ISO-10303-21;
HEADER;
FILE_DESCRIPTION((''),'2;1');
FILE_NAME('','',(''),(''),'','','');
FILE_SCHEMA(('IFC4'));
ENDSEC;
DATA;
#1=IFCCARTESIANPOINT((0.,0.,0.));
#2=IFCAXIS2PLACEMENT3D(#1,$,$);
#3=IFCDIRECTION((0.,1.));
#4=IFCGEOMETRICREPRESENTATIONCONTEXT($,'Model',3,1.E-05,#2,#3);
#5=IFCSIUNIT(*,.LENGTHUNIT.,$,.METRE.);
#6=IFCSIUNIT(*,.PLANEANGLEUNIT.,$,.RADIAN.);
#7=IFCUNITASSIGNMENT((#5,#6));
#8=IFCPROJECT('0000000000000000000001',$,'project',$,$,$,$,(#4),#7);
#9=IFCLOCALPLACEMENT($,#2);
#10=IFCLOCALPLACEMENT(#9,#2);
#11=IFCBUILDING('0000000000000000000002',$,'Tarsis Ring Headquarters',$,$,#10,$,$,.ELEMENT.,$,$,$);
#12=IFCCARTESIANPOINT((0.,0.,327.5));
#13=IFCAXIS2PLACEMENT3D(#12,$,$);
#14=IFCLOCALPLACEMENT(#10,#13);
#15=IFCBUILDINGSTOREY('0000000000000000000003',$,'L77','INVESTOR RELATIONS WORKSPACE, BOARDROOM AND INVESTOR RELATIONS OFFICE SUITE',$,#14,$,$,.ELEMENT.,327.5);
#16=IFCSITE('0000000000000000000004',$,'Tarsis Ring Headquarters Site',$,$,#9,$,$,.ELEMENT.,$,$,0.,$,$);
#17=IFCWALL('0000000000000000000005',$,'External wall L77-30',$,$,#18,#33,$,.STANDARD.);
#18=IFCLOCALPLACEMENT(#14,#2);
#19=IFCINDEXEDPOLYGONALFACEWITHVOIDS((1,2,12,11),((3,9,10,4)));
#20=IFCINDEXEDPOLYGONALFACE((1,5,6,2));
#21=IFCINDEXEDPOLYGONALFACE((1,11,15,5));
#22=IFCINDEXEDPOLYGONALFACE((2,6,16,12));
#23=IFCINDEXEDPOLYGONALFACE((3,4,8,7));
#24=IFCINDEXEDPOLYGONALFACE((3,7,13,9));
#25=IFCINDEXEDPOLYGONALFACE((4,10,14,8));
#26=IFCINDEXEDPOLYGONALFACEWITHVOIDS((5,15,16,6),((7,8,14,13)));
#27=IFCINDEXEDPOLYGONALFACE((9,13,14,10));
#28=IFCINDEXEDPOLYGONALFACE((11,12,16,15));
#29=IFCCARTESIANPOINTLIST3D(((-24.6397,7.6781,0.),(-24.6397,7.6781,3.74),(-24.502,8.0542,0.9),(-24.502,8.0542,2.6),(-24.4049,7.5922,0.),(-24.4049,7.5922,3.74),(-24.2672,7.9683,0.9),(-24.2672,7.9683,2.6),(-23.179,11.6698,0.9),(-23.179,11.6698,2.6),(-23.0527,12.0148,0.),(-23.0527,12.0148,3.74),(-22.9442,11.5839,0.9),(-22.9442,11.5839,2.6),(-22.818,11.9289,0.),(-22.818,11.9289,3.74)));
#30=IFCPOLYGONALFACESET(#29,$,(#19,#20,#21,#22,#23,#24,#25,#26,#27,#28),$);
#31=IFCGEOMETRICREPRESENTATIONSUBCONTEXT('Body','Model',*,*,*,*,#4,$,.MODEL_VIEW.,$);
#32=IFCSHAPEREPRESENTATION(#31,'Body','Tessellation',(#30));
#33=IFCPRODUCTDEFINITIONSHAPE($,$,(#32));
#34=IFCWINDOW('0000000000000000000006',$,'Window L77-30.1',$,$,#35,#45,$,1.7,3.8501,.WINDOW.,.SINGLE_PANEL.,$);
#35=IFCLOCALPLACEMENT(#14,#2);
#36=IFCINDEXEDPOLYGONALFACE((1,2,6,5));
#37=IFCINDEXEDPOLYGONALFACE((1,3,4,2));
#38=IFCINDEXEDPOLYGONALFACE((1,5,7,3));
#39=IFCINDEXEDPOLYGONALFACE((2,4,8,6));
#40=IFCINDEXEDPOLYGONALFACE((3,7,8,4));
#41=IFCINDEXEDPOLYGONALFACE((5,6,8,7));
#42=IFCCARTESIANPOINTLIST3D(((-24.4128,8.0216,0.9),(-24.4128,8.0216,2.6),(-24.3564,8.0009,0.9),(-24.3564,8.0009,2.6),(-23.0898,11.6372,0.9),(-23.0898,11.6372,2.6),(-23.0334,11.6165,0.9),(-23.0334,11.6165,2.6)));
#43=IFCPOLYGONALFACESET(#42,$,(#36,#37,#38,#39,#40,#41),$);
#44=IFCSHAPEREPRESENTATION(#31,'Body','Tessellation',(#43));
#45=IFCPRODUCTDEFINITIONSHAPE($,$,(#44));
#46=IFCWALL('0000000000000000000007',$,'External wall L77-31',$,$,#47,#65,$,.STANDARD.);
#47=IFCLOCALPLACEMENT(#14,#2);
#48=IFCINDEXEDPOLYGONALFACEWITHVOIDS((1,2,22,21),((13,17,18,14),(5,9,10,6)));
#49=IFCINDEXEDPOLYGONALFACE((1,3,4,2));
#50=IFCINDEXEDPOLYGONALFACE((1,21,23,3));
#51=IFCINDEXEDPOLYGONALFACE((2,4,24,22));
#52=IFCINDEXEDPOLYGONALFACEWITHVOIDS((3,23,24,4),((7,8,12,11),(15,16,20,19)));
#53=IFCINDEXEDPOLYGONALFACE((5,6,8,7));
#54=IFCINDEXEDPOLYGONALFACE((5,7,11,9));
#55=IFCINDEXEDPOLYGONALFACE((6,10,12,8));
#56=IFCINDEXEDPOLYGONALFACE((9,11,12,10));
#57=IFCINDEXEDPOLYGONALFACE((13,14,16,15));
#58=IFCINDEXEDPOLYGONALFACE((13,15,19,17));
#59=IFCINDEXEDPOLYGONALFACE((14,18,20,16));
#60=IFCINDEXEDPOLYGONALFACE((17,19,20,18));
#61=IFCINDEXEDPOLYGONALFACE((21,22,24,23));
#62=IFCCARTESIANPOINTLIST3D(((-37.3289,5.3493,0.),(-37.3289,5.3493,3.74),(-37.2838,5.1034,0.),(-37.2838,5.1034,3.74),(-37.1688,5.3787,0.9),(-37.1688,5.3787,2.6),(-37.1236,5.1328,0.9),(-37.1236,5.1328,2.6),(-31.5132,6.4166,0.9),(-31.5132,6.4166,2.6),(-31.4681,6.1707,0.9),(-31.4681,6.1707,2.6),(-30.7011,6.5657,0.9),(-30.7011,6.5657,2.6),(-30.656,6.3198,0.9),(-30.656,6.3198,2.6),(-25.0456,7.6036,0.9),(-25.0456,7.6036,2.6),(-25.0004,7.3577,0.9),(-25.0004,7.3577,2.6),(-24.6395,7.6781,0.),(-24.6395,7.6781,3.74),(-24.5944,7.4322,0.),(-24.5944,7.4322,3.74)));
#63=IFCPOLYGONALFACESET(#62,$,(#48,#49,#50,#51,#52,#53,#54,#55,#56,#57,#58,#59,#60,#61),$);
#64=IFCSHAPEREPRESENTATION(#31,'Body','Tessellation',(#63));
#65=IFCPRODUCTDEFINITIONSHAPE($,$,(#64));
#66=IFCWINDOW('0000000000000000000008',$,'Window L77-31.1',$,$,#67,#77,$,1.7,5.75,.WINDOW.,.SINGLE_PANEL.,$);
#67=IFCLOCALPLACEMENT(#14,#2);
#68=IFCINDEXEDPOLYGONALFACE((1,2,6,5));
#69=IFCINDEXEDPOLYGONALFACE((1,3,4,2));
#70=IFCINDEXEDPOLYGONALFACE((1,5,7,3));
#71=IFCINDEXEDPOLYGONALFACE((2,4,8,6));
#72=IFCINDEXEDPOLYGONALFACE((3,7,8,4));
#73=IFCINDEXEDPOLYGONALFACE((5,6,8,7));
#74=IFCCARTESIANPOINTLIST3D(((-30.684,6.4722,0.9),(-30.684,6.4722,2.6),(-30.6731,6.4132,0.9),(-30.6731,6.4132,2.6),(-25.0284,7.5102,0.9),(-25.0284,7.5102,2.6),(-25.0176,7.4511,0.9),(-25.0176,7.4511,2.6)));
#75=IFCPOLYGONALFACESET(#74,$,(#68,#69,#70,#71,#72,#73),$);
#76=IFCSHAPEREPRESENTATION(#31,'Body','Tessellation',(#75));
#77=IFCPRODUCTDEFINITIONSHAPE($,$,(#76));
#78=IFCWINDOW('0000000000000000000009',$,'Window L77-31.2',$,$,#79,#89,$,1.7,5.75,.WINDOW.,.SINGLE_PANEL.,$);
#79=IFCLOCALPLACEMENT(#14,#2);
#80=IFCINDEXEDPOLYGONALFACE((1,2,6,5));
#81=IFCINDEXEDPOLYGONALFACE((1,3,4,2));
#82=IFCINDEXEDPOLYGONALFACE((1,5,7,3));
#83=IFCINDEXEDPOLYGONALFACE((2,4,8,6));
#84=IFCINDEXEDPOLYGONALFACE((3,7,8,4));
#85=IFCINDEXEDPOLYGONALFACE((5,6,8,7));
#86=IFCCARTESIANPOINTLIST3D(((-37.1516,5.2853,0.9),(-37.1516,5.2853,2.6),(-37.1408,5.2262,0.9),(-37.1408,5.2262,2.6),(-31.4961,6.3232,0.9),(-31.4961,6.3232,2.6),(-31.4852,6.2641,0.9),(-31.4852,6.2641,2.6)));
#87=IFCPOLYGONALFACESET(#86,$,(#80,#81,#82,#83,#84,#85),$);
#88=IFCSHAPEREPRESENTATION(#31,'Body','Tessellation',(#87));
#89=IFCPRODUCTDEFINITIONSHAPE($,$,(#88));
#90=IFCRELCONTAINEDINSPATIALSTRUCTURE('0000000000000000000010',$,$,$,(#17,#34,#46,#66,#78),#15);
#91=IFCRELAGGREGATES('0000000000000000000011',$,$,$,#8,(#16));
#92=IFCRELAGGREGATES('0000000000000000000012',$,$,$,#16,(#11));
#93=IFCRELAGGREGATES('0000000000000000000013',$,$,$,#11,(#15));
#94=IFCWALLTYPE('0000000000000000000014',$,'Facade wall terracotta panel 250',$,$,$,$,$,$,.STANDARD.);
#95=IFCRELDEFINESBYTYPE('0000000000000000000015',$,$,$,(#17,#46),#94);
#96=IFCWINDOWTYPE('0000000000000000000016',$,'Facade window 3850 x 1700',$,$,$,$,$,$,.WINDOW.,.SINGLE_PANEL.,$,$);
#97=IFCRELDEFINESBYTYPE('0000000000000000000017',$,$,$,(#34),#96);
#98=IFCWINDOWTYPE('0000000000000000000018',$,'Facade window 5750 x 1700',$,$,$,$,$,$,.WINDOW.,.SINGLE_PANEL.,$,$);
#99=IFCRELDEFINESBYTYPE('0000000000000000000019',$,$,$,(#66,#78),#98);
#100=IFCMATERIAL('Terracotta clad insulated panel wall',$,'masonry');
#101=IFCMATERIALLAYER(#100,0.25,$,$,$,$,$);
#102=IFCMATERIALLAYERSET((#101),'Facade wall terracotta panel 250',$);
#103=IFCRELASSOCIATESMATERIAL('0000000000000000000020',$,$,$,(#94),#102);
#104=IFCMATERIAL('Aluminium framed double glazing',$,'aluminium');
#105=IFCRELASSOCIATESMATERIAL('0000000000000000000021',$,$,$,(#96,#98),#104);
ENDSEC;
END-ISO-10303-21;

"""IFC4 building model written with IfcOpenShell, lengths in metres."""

from ifc_helpers import new_model, si_unit, direction, frame, frame_2d, origin, place, context, subcontext, project, spatial, rectangle, extrude, material, layer, layer_set, type_object, element, fill, save


model = new_model("IFC4")

# Units and contexts
model_context = context("Model", 3, precision=1e-05, world=origin(), true_north=direction((0.0, 1.0)))
body_context = subcontext(model_context, "Body", "Model", "MODEL_VIEW")
ifc_project = project(units=[si_unit("LENGTHUNIT", "METRE"), si_unit("PLANEANGLEUNIT", "RADIAN")], contexts=[model_context])

# Site, building, storey
site_placement = place(None, origin())
site = spatial("IfcSite", under=ifc_project, at=site_placement, Name="Tarsis Ring Headquarters Site", CompositionType="ELEMENT", RefElevation=0.0)
building_placement = place(site_placement, origin())
building = spatial("IfcBuilding", under=site, at=building_placement, Name="Tarsis Ring Headquarters", CompositionType="ELEMENT")
storey_placement = place(building_placement, frame((0.0, 0.0, 327.5)))
storey = spatial("IfcBuildingStorey", under=building, at=storey_placement, Name="L77", Description="INVESTOR RELATIONS WORKSPACE, BOARDROOM AND INVESTOR RELATIONS OFFICE SUITE", CompositionType="ELEMENT", Elevation=327.5)

# Wall, opening, window
ifc_material_1 = material(Name="Terracotta clad insulated panel wall", Category="masonry")
ifc_layer_1 = layer(ifc_material_1, 0.25)
ifc_layer_set_1 = layer_set([ifc_layer_1], Name="Facade wall terracotta panel 250")
wall_type_1 = type_object("IfcWallType", Name="Facade wall terracotta panel 250", PredefinedType="STANDARD", material=ifc_layer_set_1)
wall_1_placement = place(storey_placement, frame((-22.9353, 11.9719, 0.0), z_axis=(0.0, 0.0, 1.0), x_axis=(-0.343644, -0.9391, 0.0)))
wall_1 = element("IfcWall", 1, at=wall_1_placement, inside=storey, type_object=wall_type_1, Name="External wall L77-30", PredefinedType="STANDARD", context=body_context, shape_type="SweptSolid", body=[
    extrude(rectangle(XDim=4.6179, YDim=0.25, at=frame_2d((2.3091, 0.0))), origin(), (0.0, 0.0, 1.0), 3.74),
])
opening_1_placement = place(wall_1_placement, frame((0.3674, 0.0, 0.8999)))
opening_1 = element("IfcOpeningElement", 2, at=opening_1_placement, cuts=wall_1, PredefinedType="OPENING", context=body_context, shape_type="SweptSolid", body=[
    extrude(rectangle(XDim=3.8501, YDim=1.7, at=frame_2d((1.925, 0.8501))), frame((0.0, 0.135, 0.0), z_axis=(0.0, -1.0, 0.0), x_axis=(1.0, 0.0, 0.0)), (0.0, 0.0, 1.0), 0.27),
])
ifc_material_2 = material(Name="Aluminium framed double glazing", Category="aluminium")
window_type_1 = type_object("IfcWindowType", Name="Facade window 3850 x 1700", PartitioningType="SINGLE_PANEL", PredefinedType="WINDOW", material=ifc_material_2)
window_1_placement = place(opening_1_placement, origin())
window_1 = element("IfcWindow", 3, at=window_1_placement, inside=storey, type_object=window_type_1, Name="Window L77-30.1", OverallHeight=1.7, OverallWidth=3.8501, PartitioningType="SINGLE_PANEL", PredefinedType="WINDOW", context=body_context, shape_type="SweptSolid", body=[
    extrude(rectangle(XDim=3.8501, YDim=1.7, at=frame_2d((1.925, 0.8501))), frame((0.0, 0.03, 0.0), z_axis=(0.0, -1.0, 0.0), x_axis=(1.0, 0.0, 0.0)), (0.0, 0.0, 1.0), 0.0601),
])
fill(opening_1, window_1)

# Wall, openings, windows
wall_2_placement = place(storey_placement, frame((-24.6169, 7.5552, 0.0), z_axis=(0.0, 0.0, 1.0), x_axis=(-0.983573, -0.180512, 0.0)))
wall_2 = element("IfcWall", 4, at=wall_2_placement, inside=storey, type_object=wall_type_1, Name="External wall L77-31", PredefinedType="STANDARD", context=body_context, shape_type="SweptSolid", body=[
    extrude(rectangle(XDim=12.9014, YDim=0.25, at=frame_2d((6.4507, 0.0))), origin(), (0.0, 0.0, 1.0), 3.74),
])
opening_2_placement = place(wall_2_placement, frame((0.4128, 0.0, 0.8999)))
opening_2 = element("IfcOpeningElement", 5, at=opening_2_placement, cuts=wall_2, PredefinedType="OPENING", context=body_context, shape_type="SweptSolid", body=[
    extrude(rectangle(XDim=5.75, YDim=1.7, at=frame_2d((2.875, 0.8501))), frame((0.0, 0.135, 0.0), z_axis=(0.0, -1.0, 0.0), x_axis=(1.0, 0.0, 0.0)), (0.0, 0.0, 1.0), 0.27),
])
opening_3_placement = place(wall_2_placement, frame((6.9885, 0.0, 0.8999)))
opening_3 = element("IfcOpeningElement", 6, at=opening_3_placement, cuts=wall_2, PredefinedType="OPENING", context=body_context, shape_type="SweptSolid", body=[
    extrude(rectangle(XDim=5.75, YDim=1.7, at=frame_2d((2.875, 0.8501))), frame((0.0, 0.135, 0.0), z_axis=(0.0, -1.0, 0.0), x_axis=(1.0, 0.0, 0.0)), (0.0, 0.0, 1.0), 0.27),
])
window_type_2 = type_object("IfcWindowType", Name="Facade window 5750 x 1700", PartitioningType="SINGLE_PANEL", PredefinedType="WINDOW", material=ifc_material_2)
window_2_placement = place(opening_2_placement, origin())
window_2 = element("IfcWindow", 7, at=window_2_placement, inside=storey, type_object=window_type_2, Name="Window L77-31.1", OverallHeight=1.7, OverallWidth=5.75, PartitioningType="SINGLE_PANEL", PredefinedType="WINDOW", context=body_context, shape_type="SweptSolid", body=[
    extrude(rectangle(XDim=5.75, YDim=1.7, at=frame_2d((2.875, 0.8501))), frame((0.0, 0.03, 0.0), z_axis=(0.0, -1.0, 0.0), x_axis=(1.0, 0.0, 0.0)), (0.0, 0.0, 1.0), 0.0601),
])
fill(opening_2, window_2)
window_3_placement = place(opening_3_placement, origin())
window_3 = element("IfcWindow", 8, at=window_3_placement, inside=storey, type_object=window_type_2, Name="Window L77-31.2", OverallHeight=1.7, OverallWidth=5.75, PartitioningType="SINGLE_PANEL", PredefinedType="WINDOW", context=body_context, shape_type="SweptSolid", body=[
    extrude(rectangle(XDim=5.75, YDim=1.7, at=frame_2d((2.875, 0.8501))), frame((0.0, 0.03, 0.0), z_axis=(0.0, -1.0, 0.0), x_axis=(1.0, 0.0, 0.0)), (0.0, 0.0, 1.0), 0.0601),
])
fill(opening_3, window_3)

save(model, "model.ifc")
